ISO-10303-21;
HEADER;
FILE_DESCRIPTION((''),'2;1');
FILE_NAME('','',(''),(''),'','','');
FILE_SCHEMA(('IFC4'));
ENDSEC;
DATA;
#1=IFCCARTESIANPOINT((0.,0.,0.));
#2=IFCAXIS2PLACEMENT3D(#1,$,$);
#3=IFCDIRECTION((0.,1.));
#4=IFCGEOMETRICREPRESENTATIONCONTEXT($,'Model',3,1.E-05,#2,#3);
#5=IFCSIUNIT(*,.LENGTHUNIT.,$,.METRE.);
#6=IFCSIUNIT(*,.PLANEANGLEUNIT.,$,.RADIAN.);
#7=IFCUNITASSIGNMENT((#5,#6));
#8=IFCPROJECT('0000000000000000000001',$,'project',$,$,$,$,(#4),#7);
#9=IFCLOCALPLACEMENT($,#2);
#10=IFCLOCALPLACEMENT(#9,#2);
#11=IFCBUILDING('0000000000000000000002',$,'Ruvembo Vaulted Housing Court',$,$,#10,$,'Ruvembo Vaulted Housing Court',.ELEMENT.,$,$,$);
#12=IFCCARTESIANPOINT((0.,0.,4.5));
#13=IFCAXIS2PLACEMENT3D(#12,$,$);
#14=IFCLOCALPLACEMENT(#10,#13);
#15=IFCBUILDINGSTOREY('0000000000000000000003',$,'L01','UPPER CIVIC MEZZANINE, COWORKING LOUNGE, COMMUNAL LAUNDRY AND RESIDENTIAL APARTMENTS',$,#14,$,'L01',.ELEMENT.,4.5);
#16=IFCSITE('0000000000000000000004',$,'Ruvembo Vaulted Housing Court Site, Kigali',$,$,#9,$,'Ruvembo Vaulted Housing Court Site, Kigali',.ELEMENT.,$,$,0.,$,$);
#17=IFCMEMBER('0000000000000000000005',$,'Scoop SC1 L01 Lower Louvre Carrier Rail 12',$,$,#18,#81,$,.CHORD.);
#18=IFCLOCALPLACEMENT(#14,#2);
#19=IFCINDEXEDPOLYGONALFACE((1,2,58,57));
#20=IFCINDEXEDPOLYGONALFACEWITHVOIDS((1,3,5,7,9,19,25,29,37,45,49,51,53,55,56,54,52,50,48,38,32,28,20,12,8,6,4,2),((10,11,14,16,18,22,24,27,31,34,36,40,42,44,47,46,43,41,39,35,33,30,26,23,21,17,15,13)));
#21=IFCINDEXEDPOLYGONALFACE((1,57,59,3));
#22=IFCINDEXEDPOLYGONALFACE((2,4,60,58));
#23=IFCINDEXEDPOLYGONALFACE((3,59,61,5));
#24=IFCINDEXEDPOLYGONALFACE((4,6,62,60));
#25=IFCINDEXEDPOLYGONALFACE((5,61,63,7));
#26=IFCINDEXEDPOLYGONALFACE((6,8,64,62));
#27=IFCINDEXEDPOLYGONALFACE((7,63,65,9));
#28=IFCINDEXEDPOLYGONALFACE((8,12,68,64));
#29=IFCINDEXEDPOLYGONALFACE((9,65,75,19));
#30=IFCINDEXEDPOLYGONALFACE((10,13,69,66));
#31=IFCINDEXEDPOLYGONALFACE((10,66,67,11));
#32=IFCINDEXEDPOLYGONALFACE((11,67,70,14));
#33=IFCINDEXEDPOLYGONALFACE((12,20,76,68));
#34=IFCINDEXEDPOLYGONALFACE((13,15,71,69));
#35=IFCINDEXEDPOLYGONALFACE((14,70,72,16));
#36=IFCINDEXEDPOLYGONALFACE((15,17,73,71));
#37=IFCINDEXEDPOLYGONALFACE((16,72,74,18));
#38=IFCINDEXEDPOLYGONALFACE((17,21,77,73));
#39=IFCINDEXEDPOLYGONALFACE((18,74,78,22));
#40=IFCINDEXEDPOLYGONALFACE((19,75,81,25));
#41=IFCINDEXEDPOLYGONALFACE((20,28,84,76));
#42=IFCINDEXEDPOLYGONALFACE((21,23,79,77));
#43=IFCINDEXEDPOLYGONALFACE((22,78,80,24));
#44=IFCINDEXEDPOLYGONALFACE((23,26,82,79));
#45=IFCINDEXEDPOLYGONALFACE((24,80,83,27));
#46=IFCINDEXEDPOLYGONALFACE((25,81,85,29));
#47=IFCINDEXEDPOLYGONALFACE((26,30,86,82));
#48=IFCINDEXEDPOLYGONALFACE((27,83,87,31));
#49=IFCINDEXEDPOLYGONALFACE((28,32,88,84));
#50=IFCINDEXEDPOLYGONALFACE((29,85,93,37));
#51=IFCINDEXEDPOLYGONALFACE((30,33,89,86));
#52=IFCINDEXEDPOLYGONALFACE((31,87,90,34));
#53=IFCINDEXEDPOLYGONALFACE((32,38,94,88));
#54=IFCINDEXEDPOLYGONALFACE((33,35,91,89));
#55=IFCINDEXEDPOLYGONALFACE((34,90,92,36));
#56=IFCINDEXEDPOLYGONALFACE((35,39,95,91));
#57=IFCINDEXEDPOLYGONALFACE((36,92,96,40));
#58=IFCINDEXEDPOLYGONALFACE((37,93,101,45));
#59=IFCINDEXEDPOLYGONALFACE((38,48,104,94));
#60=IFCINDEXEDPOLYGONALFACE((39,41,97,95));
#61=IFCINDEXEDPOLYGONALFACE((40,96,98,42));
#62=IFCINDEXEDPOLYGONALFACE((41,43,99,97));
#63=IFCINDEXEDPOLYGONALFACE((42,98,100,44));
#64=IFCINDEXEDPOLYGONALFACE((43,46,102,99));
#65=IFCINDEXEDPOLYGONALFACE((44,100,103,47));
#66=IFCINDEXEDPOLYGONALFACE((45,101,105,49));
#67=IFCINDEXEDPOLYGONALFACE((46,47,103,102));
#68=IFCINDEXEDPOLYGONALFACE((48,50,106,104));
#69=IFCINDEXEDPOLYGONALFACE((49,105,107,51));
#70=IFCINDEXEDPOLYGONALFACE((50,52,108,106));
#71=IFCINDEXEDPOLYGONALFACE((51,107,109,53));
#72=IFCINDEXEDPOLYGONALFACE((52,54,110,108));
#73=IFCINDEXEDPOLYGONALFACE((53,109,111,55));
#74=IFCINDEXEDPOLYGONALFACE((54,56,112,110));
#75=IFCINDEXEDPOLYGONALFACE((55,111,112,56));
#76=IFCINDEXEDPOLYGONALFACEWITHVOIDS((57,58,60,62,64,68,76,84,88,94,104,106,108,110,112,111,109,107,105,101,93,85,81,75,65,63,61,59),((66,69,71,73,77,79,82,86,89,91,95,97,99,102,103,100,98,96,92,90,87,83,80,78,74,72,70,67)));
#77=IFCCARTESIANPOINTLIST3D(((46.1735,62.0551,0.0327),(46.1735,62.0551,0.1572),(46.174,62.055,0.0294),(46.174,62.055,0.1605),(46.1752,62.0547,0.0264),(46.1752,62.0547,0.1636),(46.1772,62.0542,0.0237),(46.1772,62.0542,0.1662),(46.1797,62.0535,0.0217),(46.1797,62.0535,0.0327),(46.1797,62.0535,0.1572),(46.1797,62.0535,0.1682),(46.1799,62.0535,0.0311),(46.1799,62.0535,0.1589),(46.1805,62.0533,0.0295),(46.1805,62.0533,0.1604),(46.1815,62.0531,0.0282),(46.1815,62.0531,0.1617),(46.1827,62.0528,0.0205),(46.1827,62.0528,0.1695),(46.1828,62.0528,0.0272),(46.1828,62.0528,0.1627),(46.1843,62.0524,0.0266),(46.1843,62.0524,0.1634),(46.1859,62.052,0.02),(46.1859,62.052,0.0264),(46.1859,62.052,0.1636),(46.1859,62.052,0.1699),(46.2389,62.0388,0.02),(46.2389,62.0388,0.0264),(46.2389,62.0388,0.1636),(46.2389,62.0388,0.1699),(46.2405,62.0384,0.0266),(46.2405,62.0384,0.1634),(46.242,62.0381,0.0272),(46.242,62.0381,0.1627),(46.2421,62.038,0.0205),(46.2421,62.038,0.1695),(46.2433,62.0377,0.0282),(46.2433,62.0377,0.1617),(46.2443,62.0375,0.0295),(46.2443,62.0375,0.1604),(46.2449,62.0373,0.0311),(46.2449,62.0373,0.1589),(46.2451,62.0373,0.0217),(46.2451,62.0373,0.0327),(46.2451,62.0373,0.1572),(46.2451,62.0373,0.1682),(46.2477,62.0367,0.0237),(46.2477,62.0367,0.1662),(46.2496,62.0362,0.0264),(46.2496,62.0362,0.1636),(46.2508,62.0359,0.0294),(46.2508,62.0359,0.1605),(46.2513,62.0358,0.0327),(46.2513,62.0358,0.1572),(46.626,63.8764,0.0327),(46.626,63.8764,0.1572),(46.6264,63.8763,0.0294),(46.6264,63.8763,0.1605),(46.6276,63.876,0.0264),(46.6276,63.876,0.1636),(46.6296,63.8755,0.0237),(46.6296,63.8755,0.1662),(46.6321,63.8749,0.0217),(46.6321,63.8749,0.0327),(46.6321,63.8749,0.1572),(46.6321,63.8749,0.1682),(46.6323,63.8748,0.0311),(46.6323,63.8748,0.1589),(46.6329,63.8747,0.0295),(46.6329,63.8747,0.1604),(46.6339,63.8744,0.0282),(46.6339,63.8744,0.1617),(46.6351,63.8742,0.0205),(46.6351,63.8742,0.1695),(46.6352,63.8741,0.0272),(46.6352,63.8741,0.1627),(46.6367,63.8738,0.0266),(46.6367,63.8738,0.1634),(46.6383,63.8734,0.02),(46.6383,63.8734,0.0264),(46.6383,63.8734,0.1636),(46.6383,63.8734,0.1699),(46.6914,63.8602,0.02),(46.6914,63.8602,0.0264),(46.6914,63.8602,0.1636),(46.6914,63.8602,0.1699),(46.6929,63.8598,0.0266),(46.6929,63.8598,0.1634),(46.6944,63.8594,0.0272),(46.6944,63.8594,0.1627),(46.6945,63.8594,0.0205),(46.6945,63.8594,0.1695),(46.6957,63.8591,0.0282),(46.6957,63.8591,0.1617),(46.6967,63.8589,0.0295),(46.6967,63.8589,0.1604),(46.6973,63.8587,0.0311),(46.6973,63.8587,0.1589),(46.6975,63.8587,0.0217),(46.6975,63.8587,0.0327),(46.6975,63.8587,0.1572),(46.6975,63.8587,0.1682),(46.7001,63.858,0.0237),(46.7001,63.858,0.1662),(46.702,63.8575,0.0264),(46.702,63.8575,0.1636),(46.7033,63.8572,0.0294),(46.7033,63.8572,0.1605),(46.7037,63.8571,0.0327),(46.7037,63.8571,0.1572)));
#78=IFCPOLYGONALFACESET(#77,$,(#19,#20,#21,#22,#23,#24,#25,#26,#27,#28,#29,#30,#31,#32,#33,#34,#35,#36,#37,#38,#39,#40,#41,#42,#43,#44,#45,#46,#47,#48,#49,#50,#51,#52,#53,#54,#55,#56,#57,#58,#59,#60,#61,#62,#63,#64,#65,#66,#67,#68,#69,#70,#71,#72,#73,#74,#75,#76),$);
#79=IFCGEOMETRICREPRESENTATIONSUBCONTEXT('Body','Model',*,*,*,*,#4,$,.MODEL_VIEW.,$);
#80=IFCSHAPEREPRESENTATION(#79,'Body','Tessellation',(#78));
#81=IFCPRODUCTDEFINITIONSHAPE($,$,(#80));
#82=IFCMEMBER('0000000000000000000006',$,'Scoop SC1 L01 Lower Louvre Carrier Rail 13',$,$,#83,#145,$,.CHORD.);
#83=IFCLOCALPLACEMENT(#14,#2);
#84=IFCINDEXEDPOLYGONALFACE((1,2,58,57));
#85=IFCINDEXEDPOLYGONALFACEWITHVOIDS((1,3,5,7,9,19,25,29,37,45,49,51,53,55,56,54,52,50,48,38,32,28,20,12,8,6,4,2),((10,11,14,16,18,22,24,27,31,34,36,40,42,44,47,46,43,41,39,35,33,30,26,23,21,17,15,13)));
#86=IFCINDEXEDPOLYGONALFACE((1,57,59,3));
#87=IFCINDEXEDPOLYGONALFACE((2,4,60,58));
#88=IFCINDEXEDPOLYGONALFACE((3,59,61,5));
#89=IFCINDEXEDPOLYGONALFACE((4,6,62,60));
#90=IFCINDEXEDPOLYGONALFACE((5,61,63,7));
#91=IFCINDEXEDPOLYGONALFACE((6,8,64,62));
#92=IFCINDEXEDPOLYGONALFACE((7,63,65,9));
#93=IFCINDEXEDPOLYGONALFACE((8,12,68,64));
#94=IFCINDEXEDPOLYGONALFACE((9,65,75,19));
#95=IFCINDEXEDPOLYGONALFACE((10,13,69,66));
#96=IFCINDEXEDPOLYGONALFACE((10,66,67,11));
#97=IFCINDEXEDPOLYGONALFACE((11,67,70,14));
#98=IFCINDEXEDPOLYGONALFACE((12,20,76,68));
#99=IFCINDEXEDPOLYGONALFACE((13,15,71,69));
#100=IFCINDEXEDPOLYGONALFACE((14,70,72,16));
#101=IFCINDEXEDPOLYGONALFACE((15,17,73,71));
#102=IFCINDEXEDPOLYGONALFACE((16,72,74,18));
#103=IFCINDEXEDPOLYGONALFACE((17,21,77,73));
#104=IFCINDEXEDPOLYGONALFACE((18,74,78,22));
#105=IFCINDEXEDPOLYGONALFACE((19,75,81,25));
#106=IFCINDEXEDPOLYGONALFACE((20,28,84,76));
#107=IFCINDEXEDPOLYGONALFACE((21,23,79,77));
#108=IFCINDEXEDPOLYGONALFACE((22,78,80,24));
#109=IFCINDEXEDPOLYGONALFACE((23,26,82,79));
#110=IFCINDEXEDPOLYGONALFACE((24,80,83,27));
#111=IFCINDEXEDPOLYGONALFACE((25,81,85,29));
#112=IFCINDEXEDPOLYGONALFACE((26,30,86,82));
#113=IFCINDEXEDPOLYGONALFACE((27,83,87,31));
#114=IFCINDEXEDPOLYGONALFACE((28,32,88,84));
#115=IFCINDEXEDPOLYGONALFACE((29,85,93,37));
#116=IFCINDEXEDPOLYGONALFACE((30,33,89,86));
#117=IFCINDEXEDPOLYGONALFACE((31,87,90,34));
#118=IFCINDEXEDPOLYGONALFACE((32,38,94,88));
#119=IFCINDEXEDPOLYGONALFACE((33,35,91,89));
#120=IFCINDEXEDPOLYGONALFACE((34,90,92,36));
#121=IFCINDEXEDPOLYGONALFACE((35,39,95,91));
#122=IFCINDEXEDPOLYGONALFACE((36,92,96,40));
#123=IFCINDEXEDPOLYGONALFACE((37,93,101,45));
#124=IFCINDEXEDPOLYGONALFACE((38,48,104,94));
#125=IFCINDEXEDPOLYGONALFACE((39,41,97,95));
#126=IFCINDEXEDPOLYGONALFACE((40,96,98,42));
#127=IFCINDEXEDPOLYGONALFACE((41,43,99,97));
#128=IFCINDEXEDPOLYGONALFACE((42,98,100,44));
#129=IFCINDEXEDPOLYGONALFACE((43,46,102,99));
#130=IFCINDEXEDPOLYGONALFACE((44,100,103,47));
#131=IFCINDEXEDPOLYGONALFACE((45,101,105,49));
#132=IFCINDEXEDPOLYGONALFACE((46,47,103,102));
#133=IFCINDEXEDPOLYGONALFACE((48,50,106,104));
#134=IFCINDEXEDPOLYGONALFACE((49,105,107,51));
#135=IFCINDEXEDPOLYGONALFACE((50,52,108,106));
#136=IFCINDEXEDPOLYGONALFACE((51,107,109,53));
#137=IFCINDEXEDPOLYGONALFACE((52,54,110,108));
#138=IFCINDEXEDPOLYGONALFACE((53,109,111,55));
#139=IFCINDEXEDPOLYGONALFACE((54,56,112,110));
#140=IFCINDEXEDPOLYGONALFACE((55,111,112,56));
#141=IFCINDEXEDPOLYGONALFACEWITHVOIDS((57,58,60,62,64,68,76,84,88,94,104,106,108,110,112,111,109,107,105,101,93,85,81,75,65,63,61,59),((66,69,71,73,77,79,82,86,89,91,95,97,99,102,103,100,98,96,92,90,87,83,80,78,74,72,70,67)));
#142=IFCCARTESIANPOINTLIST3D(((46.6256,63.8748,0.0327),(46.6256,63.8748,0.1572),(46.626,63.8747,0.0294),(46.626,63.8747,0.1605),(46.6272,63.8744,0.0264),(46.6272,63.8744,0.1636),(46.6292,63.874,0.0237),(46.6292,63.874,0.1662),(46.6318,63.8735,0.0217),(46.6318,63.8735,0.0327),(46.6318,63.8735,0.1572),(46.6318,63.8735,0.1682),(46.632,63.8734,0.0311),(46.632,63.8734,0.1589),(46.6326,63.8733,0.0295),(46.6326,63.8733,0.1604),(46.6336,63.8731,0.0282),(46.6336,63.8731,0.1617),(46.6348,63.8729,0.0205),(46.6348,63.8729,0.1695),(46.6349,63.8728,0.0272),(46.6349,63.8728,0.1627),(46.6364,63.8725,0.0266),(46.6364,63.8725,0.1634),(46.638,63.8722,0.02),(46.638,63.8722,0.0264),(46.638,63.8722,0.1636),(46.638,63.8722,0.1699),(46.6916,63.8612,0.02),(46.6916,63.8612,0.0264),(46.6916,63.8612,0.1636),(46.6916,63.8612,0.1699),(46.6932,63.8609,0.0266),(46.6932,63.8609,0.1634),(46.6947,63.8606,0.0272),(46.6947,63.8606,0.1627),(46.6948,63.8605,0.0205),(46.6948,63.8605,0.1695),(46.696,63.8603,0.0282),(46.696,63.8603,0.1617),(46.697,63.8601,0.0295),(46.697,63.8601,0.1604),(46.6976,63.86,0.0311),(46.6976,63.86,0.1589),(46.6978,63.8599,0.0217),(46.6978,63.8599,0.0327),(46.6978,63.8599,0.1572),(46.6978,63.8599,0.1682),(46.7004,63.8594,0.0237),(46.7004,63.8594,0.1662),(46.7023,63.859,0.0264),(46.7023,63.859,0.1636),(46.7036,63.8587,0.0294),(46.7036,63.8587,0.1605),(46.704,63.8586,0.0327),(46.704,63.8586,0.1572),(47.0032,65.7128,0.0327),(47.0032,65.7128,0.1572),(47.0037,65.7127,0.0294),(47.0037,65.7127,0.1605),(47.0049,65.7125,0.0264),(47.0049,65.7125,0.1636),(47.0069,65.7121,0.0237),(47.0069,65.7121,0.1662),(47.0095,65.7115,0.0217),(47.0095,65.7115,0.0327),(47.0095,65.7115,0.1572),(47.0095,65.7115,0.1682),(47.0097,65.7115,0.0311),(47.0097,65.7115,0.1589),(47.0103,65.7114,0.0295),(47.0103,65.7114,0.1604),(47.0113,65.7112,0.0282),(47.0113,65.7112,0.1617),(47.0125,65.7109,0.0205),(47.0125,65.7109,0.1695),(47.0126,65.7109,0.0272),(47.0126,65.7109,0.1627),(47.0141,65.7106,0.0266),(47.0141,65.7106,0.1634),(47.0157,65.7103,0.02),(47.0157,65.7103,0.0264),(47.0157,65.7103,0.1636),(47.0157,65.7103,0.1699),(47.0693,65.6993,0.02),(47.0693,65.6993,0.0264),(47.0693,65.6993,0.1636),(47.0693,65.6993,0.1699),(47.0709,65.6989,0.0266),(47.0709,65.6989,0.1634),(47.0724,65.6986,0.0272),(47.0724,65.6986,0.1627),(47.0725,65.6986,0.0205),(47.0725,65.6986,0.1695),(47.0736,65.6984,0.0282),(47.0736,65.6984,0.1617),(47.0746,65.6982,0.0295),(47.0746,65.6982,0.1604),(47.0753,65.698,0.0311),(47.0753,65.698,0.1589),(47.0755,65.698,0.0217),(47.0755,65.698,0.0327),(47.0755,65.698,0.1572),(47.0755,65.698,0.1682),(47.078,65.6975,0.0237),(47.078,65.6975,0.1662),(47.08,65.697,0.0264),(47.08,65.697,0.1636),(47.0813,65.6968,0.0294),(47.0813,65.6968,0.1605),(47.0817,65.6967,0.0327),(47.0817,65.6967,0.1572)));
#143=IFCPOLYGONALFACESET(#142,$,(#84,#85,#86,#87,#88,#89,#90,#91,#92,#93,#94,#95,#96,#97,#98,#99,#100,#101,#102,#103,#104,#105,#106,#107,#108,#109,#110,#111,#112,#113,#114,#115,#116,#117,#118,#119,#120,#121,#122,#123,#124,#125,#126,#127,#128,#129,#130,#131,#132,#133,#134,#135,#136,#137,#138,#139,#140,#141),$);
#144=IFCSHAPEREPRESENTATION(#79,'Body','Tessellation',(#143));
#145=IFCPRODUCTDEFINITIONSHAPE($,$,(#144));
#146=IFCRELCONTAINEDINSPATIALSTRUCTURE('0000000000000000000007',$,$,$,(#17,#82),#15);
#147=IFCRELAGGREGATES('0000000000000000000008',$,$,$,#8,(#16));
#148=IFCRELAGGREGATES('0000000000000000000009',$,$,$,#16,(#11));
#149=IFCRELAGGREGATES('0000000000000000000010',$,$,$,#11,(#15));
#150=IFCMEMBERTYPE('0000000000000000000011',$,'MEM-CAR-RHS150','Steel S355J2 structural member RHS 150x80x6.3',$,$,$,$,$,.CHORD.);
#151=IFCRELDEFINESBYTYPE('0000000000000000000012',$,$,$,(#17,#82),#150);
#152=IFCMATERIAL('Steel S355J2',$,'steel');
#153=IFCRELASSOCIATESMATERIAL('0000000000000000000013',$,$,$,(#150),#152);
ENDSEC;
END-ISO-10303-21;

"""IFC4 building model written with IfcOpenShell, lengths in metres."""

from ifc_helpers import new_model, si_unit, direction, frame, origin, origin_2d, place, context, subcontext, project, spatial, hollow_rectangle, extrude, material, material_profile, profile_set, type_object, element, save


model = new_model("IFC4")

# Units and contexts
model_context = context("Model", 3, precision=1e-05, world=origin(), true_north=direction((0.0, 1.0)))
body_context = subcontext(model_context, "Body", "Model", "MODEL_VIEW")
ifc_project = project(units=[si_unit("LENGTHUNIT", "METRE"), si_unit("PLANEANGLEUNIT", "RADIAN")], contexts=[model_context])

# Site, building, storey
site_placement = place(None, origin())
site = spatial("IfcSite", under=ifc_project, at=site_placement, Name="Ruvembo Vaulted Housing Court Site, Kigali", LongName="Ruvembo Vaulted Housing Court Site, Kigali", CompositionType="ELEMENT", RefElevation=0.0)
building_placement = place(site_placement, origin())
building = spatial("IfcBuilding", under=site, at=building_placement, Name="Ruvembo Vaulted Housing Court", LongName="Ruvembo Vaulted Housing Court", CompositionType="ELEMENT")
storey_placement = place(building_placement, frame((0.0, 0.0, 4.5)))
storey = spatial("IfcBuildingStorey", under=building, at=storey_placement, Name="L01", Description="UPPER CIVIC MEZZANINE, COWORKING LOUNGE, COMMUNAL LAUNDRY AND RESIDENTIAL APARTMENTS", LongName="L01", CompositionType="ELEMENT", Elevation=4.5)

# Shared definitions
ifc_material_1 = material(Name="Steel S355J2", Category="steel")

# Members
ifc_material_profile_1 = material_profile(ifc_material_1, hollow_rectangle(XDim=0.0801, YDim=0.1499, WallThickness=0.0063, InnerFilletRadius=0.0063, OuterFilletRadius=0.0127, at=origin_2d()), Name="RHS 150x80x6.3")
ifc_profile_set_1 = profile_set([ifc_material_profile_1], Name="Steel S355J2")
member_type_1 = type_object("IfcMemberType", Name="MEM-CAR-RHS150", Description="Steel S355J2 structural member RHS 150x80x6.3", PredefinedType="CHORD", material=ifc_profile_set_1)
member_1_placement = place(storey_placement, frame((46.2124, 62.0454, 0.095), z_axis=(0.241066, 0.970509, 0.0), x_axis=(-0.970509, 0.241066, 0.0)))
element("IfcMember", 1, at=member_1_placement, inside=storey, type_object=member_type_1, Name="Scoop SC1 L01 Lower Louvre Carrier Rail 12", PredefinedType="CHORD", context=body_context, shape_type="SweptSolid", body=[
    extrude(hollow_rectangle(XDim=0.0801, YDim=0.1499, WallThickness=0.0063, InnerFilletRadius=0.0063, OuterFilletRadius=0.0127, at=origin_2d()), origin(), (0.0, 0.0, 1.0), 1.8767),
])
member_2_placement = place(storey_placement, frame((46.6648, 63.8667, 0.095), z_axis=(0.201267, 0.979536, 0.0), x_axis=(-0.979536, 0.201267, 0.0)))
element("IfcMember", 2, at=member_2_placement, inside=storey, type_object=member_type_1, Name="Scoop SC1 L01 Lower Louvre Carrier Rail 13", PredefinedType="CHORD", context=body_context, shape_type="SweptSolid", body=[
    extrude(hollow_rectangle(XDim=0.0801, YDim=0.1499, WallThickness=0.0063, InnerFilletRadius=0.0063, OuterFilletRadius=0.0127, at=origin_2d()), origin(), (0.0, 0.0, 1.0), 1.8765),
])

save(model, "model.ifc")
